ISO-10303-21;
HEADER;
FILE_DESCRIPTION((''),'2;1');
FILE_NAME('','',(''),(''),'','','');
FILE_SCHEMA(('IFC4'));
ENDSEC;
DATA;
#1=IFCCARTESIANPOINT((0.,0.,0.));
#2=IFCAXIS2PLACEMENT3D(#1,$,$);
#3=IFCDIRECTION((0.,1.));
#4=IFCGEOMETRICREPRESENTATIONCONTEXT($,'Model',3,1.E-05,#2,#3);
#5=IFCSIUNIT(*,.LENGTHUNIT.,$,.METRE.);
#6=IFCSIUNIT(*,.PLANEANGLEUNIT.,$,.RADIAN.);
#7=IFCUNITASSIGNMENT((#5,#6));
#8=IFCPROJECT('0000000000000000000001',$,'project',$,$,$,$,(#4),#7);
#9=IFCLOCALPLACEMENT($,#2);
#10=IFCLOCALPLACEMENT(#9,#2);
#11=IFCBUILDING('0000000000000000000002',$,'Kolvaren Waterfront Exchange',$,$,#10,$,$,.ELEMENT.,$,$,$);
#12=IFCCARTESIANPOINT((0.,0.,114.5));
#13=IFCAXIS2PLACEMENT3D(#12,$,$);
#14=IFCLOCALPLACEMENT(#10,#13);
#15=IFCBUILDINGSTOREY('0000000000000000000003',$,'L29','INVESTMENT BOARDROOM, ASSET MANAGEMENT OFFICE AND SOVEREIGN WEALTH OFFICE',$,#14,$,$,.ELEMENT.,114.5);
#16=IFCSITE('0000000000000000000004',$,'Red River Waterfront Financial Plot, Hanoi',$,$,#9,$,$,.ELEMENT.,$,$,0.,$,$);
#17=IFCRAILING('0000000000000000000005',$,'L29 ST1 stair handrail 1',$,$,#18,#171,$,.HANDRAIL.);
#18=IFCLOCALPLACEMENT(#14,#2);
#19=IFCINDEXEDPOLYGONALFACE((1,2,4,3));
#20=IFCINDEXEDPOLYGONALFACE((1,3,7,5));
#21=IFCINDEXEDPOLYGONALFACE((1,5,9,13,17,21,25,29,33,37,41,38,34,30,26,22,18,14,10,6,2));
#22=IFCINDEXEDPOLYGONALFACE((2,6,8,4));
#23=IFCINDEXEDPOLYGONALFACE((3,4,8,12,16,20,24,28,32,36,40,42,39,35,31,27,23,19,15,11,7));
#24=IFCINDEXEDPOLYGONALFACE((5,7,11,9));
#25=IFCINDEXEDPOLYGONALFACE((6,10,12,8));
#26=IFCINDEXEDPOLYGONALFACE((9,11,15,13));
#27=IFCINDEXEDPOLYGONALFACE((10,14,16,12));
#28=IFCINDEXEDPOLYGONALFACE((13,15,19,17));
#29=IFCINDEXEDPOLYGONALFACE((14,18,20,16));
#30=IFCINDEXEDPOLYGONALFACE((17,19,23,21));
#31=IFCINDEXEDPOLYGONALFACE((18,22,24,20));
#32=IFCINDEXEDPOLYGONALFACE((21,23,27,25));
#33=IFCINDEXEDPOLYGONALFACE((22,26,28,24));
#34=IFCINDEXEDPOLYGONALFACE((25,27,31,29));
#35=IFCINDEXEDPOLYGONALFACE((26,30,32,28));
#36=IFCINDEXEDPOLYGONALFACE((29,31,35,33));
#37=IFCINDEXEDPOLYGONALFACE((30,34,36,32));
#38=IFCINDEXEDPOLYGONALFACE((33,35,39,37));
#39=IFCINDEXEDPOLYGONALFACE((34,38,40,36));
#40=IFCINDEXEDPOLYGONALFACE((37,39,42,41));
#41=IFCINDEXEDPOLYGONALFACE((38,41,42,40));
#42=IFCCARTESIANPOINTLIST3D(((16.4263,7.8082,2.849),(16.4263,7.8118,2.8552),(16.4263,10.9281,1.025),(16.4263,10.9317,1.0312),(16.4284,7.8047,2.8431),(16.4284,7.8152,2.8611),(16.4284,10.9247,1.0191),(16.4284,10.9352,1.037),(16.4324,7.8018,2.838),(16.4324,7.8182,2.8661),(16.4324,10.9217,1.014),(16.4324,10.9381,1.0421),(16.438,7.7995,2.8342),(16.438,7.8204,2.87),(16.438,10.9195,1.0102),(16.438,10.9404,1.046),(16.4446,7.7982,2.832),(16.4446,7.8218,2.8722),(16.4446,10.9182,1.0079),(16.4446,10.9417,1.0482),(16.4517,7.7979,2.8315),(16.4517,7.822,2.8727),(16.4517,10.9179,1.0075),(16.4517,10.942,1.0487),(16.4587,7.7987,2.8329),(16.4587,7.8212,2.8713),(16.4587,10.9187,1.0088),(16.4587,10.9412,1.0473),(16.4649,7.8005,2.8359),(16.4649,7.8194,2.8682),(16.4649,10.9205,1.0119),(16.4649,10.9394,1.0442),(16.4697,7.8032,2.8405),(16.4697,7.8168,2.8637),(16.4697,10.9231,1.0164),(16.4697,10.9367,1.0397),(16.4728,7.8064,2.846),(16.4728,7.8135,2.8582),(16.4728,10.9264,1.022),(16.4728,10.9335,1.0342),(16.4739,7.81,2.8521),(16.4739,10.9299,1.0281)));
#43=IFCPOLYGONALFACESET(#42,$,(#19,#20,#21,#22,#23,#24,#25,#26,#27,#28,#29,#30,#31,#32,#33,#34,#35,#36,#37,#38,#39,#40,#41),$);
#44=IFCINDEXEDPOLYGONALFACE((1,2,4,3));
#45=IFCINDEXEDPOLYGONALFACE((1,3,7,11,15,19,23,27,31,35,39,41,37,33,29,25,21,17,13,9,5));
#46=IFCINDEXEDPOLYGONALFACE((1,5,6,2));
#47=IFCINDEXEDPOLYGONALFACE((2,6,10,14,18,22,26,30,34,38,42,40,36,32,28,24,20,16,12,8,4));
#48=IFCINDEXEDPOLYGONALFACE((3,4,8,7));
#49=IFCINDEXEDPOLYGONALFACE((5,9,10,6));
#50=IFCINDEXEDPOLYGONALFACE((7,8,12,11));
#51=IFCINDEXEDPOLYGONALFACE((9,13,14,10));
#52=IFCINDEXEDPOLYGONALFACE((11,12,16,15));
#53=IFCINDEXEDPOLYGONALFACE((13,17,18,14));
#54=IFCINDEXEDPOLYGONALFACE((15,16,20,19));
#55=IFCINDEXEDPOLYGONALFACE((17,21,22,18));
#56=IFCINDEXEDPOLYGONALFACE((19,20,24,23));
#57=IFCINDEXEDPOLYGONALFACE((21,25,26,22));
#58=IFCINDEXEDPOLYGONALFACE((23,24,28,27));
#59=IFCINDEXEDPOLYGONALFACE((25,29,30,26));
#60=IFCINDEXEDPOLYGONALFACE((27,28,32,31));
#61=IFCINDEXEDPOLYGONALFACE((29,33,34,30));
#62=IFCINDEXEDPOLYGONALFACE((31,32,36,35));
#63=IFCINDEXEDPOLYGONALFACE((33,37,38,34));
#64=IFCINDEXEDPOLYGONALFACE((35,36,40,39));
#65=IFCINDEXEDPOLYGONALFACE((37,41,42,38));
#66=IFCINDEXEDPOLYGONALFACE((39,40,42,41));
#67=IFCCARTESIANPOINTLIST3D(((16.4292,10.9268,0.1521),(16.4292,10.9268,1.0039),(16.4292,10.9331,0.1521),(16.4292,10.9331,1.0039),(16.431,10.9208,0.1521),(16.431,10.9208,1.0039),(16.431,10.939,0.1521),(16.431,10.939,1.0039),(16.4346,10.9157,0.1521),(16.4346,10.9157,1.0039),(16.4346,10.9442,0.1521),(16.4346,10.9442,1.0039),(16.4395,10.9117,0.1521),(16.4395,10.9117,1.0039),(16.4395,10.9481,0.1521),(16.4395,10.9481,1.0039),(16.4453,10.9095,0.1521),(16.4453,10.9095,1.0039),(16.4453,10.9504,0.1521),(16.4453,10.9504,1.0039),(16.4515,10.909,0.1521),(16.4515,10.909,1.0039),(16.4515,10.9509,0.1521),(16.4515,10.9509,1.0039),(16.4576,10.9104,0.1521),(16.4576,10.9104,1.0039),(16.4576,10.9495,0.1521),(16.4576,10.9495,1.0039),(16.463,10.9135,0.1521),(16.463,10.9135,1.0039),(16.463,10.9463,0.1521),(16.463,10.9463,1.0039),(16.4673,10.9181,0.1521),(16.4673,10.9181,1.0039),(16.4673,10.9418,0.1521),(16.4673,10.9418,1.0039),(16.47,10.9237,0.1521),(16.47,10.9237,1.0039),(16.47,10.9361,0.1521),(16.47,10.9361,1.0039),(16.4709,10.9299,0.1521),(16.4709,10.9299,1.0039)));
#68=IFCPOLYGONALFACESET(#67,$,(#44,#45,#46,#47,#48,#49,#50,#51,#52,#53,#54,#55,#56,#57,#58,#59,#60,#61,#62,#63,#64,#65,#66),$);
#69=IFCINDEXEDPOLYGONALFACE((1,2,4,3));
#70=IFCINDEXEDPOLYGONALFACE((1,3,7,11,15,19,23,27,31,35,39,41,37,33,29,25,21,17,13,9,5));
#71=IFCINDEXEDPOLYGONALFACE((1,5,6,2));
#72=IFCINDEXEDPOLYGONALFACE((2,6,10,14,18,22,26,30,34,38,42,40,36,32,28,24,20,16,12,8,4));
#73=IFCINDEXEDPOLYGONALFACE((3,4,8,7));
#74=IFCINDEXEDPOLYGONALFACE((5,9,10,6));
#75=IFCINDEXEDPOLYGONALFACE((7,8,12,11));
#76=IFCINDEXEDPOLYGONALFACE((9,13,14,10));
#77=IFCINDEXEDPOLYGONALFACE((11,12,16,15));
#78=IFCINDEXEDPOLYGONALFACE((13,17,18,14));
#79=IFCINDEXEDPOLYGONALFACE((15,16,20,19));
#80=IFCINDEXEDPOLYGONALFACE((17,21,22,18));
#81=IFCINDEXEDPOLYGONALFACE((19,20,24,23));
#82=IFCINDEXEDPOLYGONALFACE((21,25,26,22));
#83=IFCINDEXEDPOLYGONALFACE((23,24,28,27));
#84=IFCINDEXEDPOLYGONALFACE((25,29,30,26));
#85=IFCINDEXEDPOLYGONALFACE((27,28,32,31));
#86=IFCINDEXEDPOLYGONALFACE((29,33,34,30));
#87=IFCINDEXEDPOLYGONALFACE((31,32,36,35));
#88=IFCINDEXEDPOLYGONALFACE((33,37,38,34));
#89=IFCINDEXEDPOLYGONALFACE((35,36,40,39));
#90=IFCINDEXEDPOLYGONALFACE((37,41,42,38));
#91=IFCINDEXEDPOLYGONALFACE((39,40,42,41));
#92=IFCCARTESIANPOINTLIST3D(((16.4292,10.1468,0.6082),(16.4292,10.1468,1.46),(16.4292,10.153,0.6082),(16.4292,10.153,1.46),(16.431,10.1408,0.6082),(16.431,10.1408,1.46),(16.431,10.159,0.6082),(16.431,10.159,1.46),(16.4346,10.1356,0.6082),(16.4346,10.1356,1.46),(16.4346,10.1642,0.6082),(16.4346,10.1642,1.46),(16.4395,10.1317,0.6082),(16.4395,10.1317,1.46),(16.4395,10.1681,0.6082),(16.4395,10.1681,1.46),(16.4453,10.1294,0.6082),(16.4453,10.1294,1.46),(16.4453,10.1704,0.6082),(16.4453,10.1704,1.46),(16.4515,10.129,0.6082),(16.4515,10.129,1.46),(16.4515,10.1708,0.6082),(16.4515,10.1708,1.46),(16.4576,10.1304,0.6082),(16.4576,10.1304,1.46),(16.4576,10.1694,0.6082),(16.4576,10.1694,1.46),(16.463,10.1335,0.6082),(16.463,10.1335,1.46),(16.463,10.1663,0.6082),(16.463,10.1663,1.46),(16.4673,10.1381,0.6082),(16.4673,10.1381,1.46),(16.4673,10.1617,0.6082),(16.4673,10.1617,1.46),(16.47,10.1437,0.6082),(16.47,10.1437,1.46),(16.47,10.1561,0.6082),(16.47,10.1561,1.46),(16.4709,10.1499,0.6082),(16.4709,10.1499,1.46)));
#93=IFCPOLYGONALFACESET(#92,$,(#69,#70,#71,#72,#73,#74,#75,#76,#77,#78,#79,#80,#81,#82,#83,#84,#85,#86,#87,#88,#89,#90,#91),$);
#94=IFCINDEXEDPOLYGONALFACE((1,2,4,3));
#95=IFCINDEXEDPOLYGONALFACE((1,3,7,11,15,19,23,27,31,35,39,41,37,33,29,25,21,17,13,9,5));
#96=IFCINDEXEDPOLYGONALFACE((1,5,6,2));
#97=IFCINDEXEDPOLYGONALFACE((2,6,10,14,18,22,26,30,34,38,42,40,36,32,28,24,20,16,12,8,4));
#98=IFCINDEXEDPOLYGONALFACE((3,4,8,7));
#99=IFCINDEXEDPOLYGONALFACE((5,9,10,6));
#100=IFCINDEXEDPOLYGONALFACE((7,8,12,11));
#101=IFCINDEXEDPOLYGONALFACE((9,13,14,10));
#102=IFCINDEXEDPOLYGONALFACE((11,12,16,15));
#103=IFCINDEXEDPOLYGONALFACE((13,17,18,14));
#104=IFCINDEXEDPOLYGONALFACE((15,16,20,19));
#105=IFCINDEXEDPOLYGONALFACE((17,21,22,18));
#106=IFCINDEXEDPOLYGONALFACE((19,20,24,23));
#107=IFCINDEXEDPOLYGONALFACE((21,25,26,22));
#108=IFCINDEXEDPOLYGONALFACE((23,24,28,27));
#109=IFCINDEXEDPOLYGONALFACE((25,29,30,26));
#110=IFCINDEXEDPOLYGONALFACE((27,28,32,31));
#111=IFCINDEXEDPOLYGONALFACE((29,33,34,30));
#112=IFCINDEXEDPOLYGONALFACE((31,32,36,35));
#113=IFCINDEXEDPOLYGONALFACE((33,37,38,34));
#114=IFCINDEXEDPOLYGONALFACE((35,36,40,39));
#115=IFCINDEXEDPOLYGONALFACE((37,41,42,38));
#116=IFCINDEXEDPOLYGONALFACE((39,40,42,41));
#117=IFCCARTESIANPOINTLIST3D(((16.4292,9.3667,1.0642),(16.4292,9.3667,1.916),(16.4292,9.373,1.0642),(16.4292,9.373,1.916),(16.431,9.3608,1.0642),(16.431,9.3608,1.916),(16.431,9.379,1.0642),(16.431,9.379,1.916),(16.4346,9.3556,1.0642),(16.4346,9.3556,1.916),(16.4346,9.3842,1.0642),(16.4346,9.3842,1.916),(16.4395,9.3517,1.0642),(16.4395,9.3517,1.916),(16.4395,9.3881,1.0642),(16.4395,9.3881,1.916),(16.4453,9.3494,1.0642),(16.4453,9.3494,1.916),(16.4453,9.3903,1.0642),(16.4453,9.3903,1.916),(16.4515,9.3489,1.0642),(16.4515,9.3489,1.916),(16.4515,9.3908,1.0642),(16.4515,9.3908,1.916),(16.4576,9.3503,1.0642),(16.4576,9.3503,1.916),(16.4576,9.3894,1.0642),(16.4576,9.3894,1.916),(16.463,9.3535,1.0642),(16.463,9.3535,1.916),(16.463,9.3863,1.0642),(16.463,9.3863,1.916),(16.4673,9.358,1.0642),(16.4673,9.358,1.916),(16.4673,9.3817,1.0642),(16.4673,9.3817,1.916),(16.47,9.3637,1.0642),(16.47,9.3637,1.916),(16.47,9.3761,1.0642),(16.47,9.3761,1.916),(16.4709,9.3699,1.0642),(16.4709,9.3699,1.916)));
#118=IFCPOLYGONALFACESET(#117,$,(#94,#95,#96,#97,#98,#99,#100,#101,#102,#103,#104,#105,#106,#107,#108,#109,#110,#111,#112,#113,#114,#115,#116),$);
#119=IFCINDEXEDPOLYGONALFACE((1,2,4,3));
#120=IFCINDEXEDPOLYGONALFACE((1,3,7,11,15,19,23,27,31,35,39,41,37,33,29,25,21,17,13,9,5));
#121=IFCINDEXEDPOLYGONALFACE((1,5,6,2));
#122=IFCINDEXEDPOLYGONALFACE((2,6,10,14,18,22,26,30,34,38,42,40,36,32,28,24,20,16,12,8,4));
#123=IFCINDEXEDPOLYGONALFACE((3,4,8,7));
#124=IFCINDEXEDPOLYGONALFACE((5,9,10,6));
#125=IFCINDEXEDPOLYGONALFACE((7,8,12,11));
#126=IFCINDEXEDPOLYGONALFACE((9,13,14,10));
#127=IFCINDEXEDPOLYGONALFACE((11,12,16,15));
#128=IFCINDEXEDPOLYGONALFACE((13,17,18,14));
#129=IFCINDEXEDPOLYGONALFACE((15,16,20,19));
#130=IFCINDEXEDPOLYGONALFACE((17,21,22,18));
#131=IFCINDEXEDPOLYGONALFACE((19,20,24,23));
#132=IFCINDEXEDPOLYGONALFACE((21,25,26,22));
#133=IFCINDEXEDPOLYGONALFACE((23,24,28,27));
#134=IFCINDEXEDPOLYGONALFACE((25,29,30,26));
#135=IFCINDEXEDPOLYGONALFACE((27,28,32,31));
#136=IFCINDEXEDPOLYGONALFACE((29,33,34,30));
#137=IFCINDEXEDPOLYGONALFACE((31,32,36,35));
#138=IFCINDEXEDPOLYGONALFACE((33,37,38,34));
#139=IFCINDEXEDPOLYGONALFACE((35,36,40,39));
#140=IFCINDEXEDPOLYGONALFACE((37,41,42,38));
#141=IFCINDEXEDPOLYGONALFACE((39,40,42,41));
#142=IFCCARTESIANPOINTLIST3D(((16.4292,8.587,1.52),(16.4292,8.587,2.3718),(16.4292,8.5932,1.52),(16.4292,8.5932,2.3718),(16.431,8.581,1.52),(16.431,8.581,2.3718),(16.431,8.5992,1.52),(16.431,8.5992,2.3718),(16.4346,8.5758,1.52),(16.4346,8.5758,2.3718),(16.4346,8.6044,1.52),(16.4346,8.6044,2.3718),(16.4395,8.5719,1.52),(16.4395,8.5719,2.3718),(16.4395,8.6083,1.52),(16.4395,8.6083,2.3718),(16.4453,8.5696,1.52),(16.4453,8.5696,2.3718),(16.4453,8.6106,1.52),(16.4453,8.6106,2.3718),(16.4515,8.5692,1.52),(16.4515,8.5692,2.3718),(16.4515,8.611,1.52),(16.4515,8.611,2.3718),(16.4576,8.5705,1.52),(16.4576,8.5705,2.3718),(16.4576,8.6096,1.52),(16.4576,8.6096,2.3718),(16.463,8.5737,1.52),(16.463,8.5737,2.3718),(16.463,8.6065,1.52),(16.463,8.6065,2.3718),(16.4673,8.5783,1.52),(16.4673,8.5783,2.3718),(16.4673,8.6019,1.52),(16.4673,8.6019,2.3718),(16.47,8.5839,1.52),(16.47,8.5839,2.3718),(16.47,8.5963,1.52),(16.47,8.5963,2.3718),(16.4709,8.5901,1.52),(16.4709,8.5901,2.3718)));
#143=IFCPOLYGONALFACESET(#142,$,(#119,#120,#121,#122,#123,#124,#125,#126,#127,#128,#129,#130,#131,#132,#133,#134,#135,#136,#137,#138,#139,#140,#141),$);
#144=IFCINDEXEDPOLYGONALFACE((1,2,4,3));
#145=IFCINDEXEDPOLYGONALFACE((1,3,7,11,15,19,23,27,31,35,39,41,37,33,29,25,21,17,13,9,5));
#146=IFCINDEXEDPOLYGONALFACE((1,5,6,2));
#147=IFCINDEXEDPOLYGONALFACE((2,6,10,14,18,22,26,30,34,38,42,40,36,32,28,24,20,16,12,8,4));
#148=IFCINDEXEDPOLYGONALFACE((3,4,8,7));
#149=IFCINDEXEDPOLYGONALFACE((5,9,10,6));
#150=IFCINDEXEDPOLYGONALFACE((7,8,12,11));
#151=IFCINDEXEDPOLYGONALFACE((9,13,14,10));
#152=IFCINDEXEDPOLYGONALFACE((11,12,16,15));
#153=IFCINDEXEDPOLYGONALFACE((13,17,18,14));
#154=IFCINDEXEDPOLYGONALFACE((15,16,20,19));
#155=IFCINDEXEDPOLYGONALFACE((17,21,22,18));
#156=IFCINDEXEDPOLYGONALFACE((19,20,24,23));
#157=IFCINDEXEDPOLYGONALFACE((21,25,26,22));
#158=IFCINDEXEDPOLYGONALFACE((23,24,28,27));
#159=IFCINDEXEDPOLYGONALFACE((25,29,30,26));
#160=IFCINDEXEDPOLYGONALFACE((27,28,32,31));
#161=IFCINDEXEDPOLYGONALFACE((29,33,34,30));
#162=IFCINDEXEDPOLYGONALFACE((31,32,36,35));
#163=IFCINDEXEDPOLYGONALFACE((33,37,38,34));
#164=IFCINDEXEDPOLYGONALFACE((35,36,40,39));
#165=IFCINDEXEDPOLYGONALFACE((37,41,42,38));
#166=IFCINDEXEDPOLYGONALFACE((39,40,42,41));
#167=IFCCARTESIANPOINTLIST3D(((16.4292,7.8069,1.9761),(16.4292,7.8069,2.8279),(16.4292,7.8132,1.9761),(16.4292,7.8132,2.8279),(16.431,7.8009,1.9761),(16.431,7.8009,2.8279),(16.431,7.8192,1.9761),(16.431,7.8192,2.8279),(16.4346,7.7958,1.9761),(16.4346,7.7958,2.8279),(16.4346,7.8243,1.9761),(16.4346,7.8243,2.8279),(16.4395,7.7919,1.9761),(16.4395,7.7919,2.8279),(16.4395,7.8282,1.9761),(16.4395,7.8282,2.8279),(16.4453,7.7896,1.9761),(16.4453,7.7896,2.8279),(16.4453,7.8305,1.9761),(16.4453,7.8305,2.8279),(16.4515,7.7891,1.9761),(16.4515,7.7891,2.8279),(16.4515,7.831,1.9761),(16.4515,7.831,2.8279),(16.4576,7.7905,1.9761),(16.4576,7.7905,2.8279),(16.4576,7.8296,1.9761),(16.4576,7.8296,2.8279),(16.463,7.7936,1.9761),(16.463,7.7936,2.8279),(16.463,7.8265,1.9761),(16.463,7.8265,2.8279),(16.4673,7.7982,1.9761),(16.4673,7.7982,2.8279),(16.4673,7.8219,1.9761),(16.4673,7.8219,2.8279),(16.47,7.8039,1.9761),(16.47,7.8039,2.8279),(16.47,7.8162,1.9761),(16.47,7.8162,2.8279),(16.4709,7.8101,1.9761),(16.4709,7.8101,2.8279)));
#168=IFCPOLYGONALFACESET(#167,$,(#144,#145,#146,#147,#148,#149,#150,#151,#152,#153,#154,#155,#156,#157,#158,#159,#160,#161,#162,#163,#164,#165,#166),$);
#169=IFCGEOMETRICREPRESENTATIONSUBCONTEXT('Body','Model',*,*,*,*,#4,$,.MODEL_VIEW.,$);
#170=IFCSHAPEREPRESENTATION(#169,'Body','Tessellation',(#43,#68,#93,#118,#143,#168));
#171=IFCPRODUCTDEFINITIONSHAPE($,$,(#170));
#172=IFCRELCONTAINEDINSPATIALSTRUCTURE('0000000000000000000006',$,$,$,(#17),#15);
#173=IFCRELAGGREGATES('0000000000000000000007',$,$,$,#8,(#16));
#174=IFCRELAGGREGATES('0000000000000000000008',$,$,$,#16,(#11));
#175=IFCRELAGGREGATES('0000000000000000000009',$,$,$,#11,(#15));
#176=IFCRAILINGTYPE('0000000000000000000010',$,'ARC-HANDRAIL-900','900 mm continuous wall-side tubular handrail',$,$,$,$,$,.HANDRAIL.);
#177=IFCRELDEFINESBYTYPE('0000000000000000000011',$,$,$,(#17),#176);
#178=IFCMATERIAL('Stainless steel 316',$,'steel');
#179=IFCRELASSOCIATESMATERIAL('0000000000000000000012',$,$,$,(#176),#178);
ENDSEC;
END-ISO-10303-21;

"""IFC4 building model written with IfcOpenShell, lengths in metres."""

from ifc_helpers import new_model, si_unit, direction, frame, origin, origin_2d, place, context, subcontext, project, spatial, circle, extrude, material, type_object, element, save


model = new_model("IFC4")

# Units and contexts
model_context = context("Model", 3, precision=1e-05, world=origin(), true_north=direction((0.0, 1.0)))
body_context = subcontext(model_context, "Body", "Model", "MODEL_VIEW")
ifc_project = project(units=[si_unit("LENGTHUNIT", "METRE"), si_unit("PLANEANGLEUNIT", "RADIAN")], contexts=[model_context])

# Site, building, storey
site_placement = place(None, origin())
site = spatial("IfcSite", under=ifc_project, at=site_placement, Name="Red River Waterfront Financial Plot, Hanoi", CompositionType="ELEMENT", RefElevation=0.0)
building_placement = place(site_placement, origin())
building = spatial("IfcBuilding", under=site, at=building_placement, Name="Kolvaren Waterfront Exchange", CompositionType="ELEMENT")
storey_placement = place(building_placement, frame((0.0, 0.0, 114.5)))
storey = spatial("IfcBuildingStorey", under=building, at=storey_placement, Name="L29", Description="INVESTMENT BOARDROOM, ASSET MANAGEMENT OFFICE AND SOVEREIGN WEALTH OFFICE", CompositionType="ELEMENT", Elevation=114.5)

# Railing
ifc_material_1 = material(Name="Stainless steel 316", Category="steel")
railing_type_1 = type_object("IfcRailingType", Name="ARC-HANDRAIL-900", Description="900 mm continuous wall-side tubular handrail", PredefinedType="HANDRAIL", material=ifc_material_1)
railing_1_placement = place(storey_placement, frame((16.45, 10.9299, 0.1521)))
element("IfcRailing", 1, at=railing_1_placement, inside=storey, type_object=railing_type_1, Name="L29 ST1 stair handrail 1", PredefinedType="HANDRAIL", context=body_context, shape_type="SweptSolid", body=[
    extrude(circle(Radius=0.0239, at=origin_2d()), frame((0.0, 0.0, 0.876), z_axis=(0.0, -0.863291, 0.504707), x_axis=(1.0, 0.0, 0.0)), (0.0, 0.0, 1.0), 3.614),
    extrude(circle(Radius=0.021, at=origin_2d()), origin(), (0.0, 0.0, 1.0), 0.8518),
    extrude(circle(Radius=0.021, at=origin_2d()), frame((0.0, -0.78, 0.4561)), (0.0, 0.0, 1.0), 0.8518),
    extrude(circle(Radius=0.021, at=origin_2d()), frame((0.0, -1.5601, 0.9121)), (0.0, 0.0, 1.0), 0.8518),
    extrude(circle(Radius=0.021, at=origin_2d()), frame((0.0, -2.3398, 1.3679)), (0.0, 0.0, 1.0), 0.8518),
    extrude(circle(Radius=0.021, at=origin_2d()), frame((0.0, -3.1199, 1.824)), (0.0, 0.0, 1.0), 0.8518),
])

save(model, "model.ifc")
